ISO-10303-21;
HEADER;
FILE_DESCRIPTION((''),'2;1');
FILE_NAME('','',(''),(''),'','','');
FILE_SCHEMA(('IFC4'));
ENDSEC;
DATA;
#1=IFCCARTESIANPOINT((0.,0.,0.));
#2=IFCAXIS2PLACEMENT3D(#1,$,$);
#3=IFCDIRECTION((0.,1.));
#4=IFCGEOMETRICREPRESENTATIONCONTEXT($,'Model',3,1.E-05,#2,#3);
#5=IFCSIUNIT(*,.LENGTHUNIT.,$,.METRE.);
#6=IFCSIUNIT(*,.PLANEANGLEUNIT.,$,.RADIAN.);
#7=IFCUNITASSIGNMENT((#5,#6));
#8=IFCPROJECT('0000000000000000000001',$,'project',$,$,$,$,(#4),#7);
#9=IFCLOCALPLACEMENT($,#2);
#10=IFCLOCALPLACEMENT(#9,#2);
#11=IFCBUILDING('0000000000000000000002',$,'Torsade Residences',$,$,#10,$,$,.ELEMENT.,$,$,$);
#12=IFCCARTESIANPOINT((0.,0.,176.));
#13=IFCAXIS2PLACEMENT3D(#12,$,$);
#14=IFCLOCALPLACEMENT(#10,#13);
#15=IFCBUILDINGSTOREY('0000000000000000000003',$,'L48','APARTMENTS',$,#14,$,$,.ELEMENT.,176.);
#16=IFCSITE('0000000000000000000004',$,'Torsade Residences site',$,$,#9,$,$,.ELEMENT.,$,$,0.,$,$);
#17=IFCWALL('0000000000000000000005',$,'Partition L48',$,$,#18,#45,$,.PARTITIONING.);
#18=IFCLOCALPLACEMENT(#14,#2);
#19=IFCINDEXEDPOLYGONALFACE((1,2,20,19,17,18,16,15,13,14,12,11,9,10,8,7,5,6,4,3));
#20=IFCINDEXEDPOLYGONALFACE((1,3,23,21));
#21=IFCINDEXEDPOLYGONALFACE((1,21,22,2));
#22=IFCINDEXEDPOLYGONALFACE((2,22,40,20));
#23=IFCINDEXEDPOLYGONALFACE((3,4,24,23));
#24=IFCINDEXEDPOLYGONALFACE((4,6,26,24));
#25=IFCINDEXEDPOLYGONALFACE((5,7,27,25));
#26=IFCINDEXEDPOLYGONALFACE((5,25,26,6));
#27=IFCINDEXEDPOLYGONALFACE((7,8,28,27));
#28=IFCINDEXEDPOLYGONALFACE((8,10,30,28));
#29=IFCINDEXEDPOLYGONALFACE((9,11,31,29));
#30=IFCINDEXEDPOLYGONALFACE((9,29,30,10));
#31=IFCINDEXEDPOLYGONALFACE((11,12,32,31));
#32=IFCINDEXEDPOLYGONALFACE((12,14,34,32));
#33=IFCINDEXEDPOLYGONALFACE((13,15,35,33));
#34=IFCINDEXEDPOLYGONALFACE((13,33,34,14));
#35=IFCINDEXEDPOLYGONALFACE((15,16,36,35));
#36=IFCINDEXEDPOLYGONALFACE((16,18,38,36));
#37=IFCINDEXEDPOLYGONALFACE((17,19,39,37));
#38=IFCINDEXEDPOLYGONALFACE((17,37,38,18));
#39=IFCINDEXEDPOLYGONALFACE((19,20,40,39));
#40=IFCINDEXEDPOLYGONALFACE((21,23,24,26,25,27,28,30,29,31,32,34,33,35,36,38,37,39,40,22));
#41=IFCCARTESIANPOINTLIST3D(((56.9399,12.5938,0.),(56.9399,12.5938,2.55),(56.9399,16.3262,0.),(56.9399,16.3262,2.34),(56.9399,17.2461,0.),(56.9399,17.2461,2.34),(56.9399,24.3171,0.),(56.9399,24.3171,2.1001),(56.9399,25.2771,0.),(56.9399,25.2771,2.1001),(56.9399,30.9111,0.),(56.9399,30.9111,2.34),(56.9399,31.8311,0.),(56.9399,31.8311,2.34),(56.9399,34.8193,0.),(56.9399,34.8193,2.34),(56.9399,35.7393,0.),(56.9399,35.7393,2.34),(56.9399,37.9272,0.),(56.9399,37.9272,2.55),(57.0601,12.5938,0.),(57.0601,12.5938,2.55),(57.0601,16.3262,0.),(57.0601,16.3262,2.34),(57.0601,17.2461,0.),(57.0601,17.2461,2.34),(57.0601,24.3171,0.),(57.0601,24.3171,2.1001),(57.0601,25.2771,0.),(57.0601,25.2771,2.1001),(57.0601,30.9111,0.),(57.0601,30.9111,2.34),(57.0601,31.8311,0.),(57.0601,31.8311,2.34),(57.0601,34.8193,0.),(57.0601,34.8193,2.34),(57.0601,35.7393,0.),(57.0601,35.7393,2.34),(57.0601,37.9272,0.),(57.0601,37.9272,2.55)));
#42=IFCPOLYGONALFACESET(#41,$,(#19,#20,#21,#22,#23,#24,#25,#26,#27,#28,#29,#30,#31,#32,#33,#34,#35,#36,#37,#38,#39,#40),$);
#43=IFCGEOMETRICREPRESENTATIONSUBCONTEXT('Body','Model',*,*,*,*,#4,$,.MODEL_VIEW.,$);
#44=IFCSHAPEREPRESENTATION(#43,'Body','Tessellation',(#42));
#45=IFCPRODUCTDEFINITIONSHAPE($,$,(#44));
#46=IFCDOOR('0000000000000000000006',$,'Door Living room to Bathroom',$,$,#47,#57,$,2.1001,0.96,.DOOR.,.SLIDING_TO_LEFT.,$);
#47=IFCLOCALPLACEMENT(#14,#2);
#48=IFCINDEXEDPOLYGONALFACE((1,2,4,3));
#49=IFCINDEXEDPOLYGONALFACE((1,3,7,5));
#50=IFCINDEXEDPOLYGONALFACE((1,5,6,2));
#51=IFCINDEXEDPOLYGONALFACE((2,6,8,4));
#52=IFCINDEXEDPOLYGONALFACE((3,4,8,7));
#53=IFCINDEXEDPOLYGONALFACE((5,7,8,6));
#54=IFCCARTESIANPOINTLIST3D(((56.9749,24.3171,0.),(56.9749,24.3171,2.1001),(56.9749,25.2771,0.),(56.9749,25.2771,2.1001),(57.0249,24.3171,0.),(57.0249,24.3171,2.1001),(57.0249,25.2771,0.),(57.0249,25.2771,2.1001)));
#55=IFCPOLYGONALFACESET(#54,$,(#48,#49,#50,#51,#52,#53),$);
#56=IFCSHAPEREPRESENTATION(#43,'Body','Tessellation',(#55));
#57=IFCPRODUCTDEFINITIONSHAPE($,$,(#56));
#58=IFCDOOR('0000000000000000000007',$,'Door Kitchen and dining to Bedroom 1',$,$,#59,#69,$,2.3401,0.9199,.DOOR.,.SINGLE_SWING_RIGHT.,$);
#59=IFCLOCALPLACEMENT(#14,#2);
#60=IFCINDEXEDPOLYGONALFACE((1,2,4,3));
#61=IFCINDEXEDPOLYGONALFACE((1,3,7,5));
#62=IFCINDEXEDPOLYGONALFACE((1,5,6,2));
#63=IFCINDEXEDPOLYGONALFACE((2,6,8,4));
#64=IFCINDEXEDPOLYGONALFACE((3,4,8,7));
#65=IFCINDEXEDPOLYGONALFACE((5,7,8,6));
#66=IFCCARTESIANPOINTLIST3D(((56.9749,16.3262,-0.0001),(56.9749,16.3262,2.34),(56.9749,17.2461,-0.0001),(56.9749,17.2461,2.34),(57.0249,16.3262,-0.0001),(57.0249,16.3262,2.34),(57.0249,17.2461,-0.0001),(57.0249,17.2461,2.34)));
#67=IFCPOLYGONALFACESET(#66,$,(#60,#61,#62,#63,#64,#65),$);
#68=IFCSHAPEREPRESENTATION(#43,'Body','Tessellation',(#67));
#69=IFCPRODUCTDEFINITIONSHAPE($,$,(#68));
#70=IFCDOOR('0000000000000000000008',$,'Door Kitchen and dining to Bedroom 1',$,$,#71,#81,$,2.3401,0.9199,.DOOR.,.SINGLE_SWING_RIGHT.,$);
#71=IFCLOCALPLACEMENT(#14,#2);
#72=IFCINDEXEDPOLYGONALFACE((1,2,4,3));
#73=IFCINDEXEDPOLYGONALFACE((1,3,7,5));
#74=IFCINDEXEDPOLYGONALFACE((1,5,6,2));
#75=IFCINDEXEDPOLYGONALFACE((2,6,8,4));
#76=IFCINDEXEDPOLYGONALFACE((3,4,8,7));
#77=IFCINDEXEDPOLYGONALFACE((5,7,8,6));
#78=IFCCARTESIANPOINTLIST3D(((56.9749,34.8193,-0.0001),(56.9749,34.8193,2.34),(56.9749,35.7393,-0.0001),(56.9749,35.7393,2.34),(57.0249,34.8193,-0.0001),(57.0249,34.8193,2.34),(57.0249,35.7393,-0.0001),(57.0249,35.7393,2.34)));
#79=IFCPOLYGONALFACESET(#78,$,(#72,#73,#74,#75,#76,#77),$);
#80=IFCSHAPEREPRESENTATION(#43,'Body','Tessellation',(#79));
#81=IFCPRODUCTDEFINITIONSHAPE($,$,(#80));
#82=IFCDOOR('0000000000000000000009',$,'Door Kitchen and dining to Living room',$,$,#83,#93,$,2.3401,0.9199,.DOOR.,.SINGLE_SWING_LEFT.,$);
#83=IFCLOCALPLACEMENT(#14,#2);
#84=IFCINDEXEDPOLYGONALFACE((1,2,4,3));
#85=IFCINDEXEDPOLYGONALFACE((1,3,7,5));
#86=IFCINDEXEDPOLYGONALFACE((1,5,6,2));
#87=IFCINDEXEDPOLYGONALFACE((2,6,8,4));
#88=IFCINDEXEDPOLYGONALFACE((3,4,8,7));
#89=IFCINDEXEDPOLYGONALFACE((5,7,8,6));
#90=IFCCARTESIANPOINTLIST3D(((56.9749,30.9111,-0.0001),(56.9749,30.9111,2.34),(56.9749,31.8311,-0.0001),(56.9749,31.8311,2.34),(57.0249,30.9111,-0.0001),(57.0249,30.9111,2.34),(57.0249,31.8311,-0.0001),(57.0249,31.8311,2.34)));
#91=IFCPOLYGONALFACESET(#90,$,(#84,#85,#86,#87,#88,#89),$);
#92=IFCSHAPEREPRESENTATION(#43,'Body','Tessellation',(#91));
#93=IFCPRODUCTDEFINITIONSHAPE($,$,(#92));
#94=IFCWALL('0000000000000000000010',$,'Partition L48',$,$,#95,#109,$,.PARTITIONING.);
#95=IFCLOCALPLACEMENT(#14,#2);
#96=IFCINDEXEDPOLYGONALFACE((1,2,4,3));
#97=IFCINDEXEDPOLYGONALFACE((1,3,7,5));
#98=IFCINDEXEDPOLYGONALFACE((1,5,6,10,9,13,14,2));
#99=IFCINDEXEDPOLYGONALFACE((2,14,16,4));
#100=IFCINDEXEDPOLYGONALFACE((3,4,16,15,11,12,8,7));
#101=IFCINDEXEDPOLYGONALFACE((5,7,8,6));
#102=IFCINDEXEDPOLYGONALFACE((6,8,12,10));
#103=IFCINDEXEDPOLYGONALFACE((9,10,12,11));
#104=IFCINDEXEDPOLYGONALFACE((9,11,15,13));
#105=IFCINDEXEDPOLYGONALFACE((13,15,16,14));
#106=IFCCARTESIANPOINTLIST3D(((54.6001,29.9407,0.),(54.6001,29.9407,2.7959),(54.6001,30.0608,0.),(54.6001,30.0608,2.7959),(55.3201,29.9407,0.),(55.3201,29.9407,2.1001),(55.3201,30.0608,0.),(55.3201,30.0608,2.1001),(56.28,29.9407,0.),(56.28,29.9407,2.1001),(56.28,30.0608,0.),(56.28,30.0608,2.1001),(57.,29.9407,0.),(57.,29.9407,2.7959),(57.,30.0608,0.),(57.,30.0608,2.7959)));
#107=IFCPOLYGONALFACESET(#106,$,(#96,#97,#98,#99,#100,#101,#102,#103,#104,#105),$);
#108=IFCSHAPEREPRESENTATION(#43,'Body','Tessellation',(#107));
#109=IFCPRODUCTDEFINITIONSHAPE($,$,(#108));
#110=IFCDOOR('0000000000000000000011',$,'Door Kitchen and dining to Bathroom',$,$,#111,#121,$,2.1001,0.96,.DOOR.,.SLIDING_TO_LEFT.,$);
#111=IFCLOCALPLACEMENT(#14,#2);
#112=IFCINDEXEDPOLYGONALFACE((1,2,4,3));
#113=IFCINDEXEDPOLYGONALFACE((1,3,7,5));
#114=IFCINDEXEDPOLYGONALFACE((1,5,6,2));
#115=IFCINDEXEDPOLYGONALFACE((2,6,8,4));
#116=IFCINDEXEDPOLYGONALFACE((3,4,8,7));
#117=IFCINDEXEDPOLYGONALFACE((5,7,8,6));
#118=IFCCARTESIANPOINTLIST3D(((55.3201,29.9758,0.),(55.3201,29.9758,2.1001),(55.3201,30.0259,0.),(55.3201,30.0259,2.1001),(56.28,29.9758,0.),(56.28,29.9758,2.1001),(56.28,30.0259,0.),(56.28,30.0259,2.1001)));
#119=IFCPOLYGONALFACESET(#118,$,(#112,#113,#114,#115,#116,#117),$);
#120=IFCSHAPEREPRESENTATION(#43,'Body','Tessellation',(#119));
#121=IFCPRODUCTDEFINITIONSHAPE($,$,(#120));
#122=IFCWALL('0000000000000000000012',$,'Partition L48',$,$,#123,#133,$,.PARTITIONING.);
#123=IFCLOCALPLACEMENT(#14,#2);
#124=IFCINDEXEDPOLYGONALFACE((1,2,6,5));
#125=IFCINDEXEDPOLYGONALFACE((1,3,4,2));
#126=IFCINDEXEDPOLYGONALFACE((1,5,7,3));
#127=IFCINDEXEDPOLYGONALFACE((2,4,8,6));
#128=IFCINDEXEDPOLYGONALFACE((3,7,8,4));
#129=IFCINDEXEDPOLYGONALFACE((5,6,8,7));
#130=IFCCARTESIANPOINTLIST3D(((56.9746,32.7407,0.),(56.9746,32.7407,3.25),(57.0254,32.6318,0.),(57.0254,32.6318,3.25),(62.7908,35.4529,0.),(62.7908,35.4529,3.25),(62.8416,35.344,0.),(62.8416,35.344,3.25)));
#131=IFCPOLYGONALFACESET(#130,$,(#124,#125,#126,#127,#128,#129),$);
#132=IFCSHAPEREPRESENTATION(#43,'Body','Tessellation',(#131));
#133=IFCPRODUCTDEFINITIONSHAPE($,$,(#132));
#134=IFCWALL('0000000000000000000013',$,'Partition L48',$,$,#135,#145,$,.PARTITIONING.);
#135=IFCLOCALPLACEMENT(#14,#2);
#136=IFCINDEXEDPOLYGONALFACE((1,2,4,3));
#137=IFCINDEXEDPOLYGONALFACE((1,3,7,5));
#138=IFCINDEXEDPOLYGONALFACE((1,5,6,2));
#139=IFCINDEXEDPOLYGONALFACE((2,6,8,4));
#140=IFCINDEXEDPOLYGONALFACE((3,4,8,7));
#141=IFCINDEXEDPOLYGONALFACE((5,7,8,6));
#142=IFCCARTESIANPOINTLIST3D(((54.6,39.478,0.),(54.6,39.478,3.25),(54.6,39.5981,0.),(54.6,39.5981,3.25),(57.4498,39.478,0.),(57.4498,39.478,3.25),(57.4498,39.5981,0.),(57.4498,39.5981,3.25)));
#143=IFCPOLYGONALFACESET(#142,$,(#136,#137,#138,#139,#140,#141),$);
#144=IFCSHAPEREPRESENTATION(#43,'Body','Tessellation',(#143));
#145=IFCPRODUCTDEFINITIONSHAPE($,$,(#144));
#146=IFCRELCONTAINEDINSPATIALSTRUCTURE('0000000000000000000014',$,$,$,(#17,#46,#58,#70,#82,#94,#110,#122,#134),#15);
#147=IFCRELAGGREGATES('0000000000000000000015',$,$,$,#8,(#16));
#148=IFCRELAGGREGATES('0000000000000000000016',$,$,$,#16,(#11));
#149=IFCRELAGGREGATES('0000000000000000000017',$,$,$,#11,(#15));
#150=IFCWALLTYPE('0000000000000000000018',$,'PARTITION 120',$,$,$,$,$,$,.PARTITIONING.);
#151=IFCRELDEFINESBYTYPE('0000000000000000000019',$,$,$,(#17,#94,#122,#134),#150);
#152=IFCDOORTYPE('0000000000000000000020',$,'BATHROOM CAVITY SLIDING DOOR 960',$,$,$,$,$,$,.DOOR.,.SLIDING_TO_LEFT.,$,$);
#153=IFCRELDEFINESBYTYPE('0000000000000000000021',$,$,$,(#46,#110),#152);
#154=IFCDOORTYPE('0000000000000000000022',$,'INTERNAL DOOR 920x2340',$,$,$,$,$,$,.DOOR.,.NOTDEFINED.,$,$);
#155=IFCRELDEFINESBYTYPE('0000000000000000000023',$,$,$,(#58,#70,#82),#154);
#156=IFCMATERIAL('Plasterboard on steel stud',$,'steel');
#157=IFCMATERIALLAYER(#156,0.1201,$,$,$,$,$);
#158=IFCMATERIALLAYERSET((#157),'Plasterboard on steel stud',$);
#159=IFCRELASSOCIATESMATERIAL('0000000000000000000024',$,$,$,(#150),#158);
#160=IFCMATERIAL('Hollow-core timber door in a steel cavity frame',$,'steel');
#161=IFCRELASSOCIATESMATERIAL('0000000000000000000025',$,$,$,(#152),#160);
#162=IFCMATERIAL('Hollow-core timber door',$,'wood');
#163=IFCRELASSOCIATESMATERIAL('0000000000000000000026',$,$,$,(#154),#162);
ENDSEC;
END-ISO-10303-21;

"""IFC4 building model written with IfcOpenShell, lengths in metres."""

from ifc_helpers import new_model, si_unit, direction, frame, frame_2d, origin, place, context, subcontext, project, spatial, rectangle, extrude, material, layer, layer_set, type_object, element, fill, save


model = new_model("IFC4")

# Units and contexts
model_context = context("Model", 3, precision=1e-05, world=origin(), true_north=direction((0.0, 1.0)))
body_context = subcontext(model_context, "Body", "Model", "MODEL_VIEW")
ifc_project = project(units=[si_unit("LENGTHUNIT", "METRE"), si_unit("PLANEANGLEUNIT", "RADIAN")], contexts=[model_context])

# Site, building, storey
site_placement = place(None, origin())
site = spatial("IfcSite", under=ifc_project, at=site_placement, Name="Torsade Residences site", CompositionType="ELEMENT", RefElevation=0.0)
building_placement = place(site_placement, origin())
building = spatial("IfcBuilding", under=site, at=building_placement, Name="Torsade Residences", CompositionType="ELEMENT")
storey_placement = place(building_placement, frame((0.0, 0.0, 176.0)))
storey = spatial("IfcBuildingStorey", under=building, at=storey_placement, Name="L48", Description="APARTMENTS", CompositionType="ELEMENT", Elevation=176.0)

# Wall, openings, doors
ifc_material_1 = material(Name="Plasterboard on steel stud", Category="steel")
ifc_layer_1 = layer(ifc_material_1, 0.1201)
ifc_layer_set_1 = layer_set([ifc_layer_1], Name="Plasterboard on steel stud")
wall_type_1 = type_object("IfcWallType", Name="PARTITION 120", PredefinedType="PARTITIONING", material=ifc_layer_set_1)
wall_1_placement = place(storey_placement, frame((57.0, 37.9272, 0.0), z_axis=(0.0, 0.0, 1.0), x_axis=(0.0, -1.0, 0.0)))
wall_1 = element("IfcWall", 1, at=wall_1_placement, inside=storey, type_object=wall_type_1, Name="Partition L48", PredefinedType="PARTITIONING", context=body_context, shape_type="SweptSolid", body=[
    extrude(rectangle(XDim=25.3335, YDim=0.1201, at=frame_2d((12.6667, 0.0))), origin(), (0.0, 0.0, 1.0), 2.55),
])
opening_1_placement = place(wall_1_placement, frame((20.6812, 0.0, 0.0)))
opening_1 = element("IfcOpeningElement", 2, at=opening_1_placement, cuts=wall_1, PredefinedType="OPENING", context=body_context, shape_type="SweptSolid", body=[
    extrude(rectangle(XDim=0.9199, YDim=2.3401, at=frame_2d((0.46, 1.1699))), frame((0.0, 0.0701, 0.0), z_axis=(0.0, -1.0, 0.0), x_axis=(1.0, 0.0, 0.0)), (0.0, 0.0, 1.0), 0.1401),
])
opening_2_placement = place(wall_1_placement, frame((2.188, 0.0, 0.0)))
opening_2 = element("IfcOpeningElement", 3, at=opening_2_placement, cuts=wall_1, PredefinedType="OPENING", context=body_context, shape_type="SweptSolid", body=[
    extrude(rectangle(XDim=0.9199, YDim=2.3401, at=frame_2d((0.46, 1.1699))), frame((0.0, 0.0701, 0.0), z_axis=(0.0, -1.0, 0.0), x_axis=(1.0, 0.0, 0.0)), (0.0, 0.0, 1.0), 0.1401),
])
opening_3_placement = place(wall_1_placement, frame((6.0962, 0.0, 0.0)))
opening_3 = element("IfcOpeningElement", 4, at=opening_3_placement, cuts=wall_1, PredefinedType="OPENING", context=body_context, shape_type="SweptSolid", body=[
    extrude(rectangle(XDim=0.9199, YDim=2.3401, at=frame_2d((0.46, 1.1699))), frame((0.0, 0.0701, 0.0), z_axis=(0.0, -1.0, 0.0), x_axis=(1.0, 0.0, 0.0)), (0.0, 0.0, 1.0), 0.1401),
])
opening_4_placement = place(wall_1_placement, frame((12.6501, 0.0, 0.0)))
opening_4 = element("IfcOpeningElement", 5, at=opening_4_placement, cuts=wall_1, PredefinedType="OPENING", context=body_context, shape_type="SweptSolid", body=[
    extrude(rectangle(XDim=0.96, YDim=2.1001, at=frame_2d((0.48, 1.05))), frame((0.0, 0.0701, 0.0), z_axis=(0.0, -1.0, 0.0), x_axis=(1.0, 0.0, 0.0)), (0.0, 0.0, 1.0), 0.1401),
])
ifc_material_2 = material(Name="Hollow-core timber door in a steel cavity frame", Category="steel")
door_type_1 = type_object("IfcDoorType", Name="BATHROOM CAVITY SLIDING DOOR 960", OperationType="SLIDING_TO_LEFT", PredefinedType="DOOR", material=ifc_material_2)
door_1_placement = place(opening_4_placement, origin())
door_1 = element("IfcDoor", 6, at=door_1_placement, inside=storey, type_object=door_type_1, Name="Door Living room to Bathroom", OperationType="SLIDING_TO_LEFT", OverallHeight=2.1001, OverallWidth=0.96, PredefinedType="DOOR", context=body_context, shape_type="SweptSolid", body=[
    extrude(rectangle(XDim=0.96, YDim=2.1001, at=frame_2d((0.48, 1.05))), frame((0.0, 0.0249, 0.0), z_axis=(0.0, -1.0, 0.0), x_axis=(1.0, 0.0, 0.0)), (0.0, 0.0, 1.0), 0.05),
])
fill(opening_4, door_1)
ifc_material_3 = material(Name="Hollow-core timber door", Category="wood")
door_type_2 = type_object("IfcDoorType", Name="INTERNAL DOOR 920x2340", OperationType="NOTDEFINED", PredefinedType="DOOR", material=ifc_material_3)
door_2_placement = place(opening_1_placement, origin())
door_2 = element("IfcDoor", 7, at=door_2_placement, inside=storey, type_object=door_type_2, Name="Door Kitchen and dining to Bedroom 1", OperationType="SINGLE_SWING_RIGHT", OverallHeight=2.3401, OverallWidth=0.9199, PredefinedType="DOOR", context=body_context, shape_type="SweptSolid", body=[
    extrude(rectangle(XDim=0.9199, YDim=2.3401, at=frame_2d((0.46, 1.1699))), frame((0.0, 0.0249, 0.0), z_axis=(0.0, -1.0, 0.0), x_axis=(1.0, 0.0, 0.0)), (0.0, 0.0, 1.0), 0.05),
])
fill(opening_1, door_2)
door_3_placement = place(opening_2_placement, origin())
door_3 = element("IfcDoor", 8, at=door_3_placement, inside=storey, type_object=door_type_2, Name="Door Kitchen and dining to Bedroom 1", OperationType="SINGLE_SWING_RIGHT", OverallHeight=2.3401, OverallWidth=0.9199, PredefinedType="DOOR", context=body_context, shape_type="SweptSolid", body=[
    extrude(rectangle(XDim=0.9199, YDim=2.3401, at=frame_2d((0.46, 1.1699))), frame((0.0, 0.0249, 0.0), z_axis=(0.0, -1.0, 0.0), x_axis=(1.0, 0.0, 0.0)), (0.0, 0.0, 1.0), 0.05),
])
fill(opening_2, door_3)
door_4_placement = place(opening_3_placement, origin())
door_4 = element("IfcDoor", 9, at=door_4_placement, inside=storey, type_object=door_type_2, Name="Door Kitchen and dining to Living room", OperationType="SINGLE_SWING_LEFT", OverallHeight=2.3401, OverallWidth=0.9199, PredefinedType="DOOR", context=body_context, shape_type="SweptSolid", body=[
    extrude(rectangle(XDim=0.9199, YDim=2.3401, at=frame_2d((0.46, 1.1699))), frame((0.0, 0.0249, 0.0), z_axis=(0.0, -1.0, 0.0), x_axis=(1.0, 0.0, 0.0)), (0.0, 0.0, 1.0), 0.05),
])
fill(opening_3, door_4)

# Wall, opening, door
wall_2_placement = place(storey_placement, frame((57.0, 30.0007, 0.0), z_axis=(0.0, 0.0, 1.0), x_axis=(-1.0, 0.0, 0.0)))
wall_2 = element("IfcWall", 10, at=wall_2_placement, inside=storey, type_object=wall_type_1, Name="Partition L48", PredefinedType="PARTITIONING", context=body_context, shape_type="SweptSolid", body=[
    extrude(rectangle(XDim=2.3999, YDim=0.1201, at=frame_2d((1.2, 0.0))), origin(), (0.0, 0.0, 1.0), 2.7959),
])
opening_5_placement = place(wall_2_placement, frame((0.72, 0.0, 0.0)))
opening_5 = element("IfcOpeningElement", 11, at=opening_5_placement, cuts=wall_2, PredefinedType="OPENING", context=body_context, shape_type="SweptSolid", body=[
    extrude(rectangle(XDim=0.96, YDim=2.1001, at=frame_2d((0.48, 1.05))), frame((0.0, 0.0701, 0.0), z_axis=(0.0, -1.0, 0.0), x_axis=(1.0, 0.0, 0.0)), (0.0, 0.0, 1.0), 0.1401),
])
door_5_placement = place(opening_5_placement, origin())
door_5 = element("IfcDoor", 12, at=door_5_placement, inside=storey, type_object=door_type_1, Name="Door Kitchen and dining to Bathroom", OperationType="SLIDING_TO_LEFT", OverallHeight=2.1001, OverallWidth=0.96, PredefinedType="DOOR", context=body_context, shape_type="SweptSolid", body=[
    extrude(rectangle(XDim=0.96, YDim=2.1001, at=frame_2d((0.48, 1.05))), frame((0.0, 0.0249, 0.0), z_axis=(0.0, -1.0, 0.0), x_axis=(1.0, 0.0, 0.0)), (0.0, 0.0, 1.0), 0.05),
])
fill(opening_5, door_5)

# Walls
wall_3_placement = place(storey_placement, frame((57.0, 32.6863, 0.0), z_axis=(0.0, 0.0, 1.0), x_axis=(0.906306, 0.422623, 0.0)))
element("IfcWall", 13, at=wall_3_placement, inside=storey, type_object=wall_type_1, Name="Partition L48", PredefinedType="PARTITIONING", context=body_context, shape_type="SweptSolid", body=[
    extrude(rectangle(XDim=6.4175, YDim=0.1201, at=frame_2d((3.2087, 0.0))), origin(), (0.0, 0.0, 1.0), 3.25),
])
wall_4_placement = place(storey_placement, frame((54.6001, 39.5381, 0.0), z_axis=(0.0, 0.0, 1.0), x_axis=(1.0, 0.0, 0.0)))
element("IfcWall", 14, at=wall_4_placement, inside=storey, type_object=wall_type_1, Name="Partition L48", PredefinedType="PARTITIONING", context=body_context, shape_type="SweptSolid", body=[
    extrude(rectangle(XDim=2.8499, YDim=0.1201, at=frame_2d((1.4248, 0.0))), origin(), (0.0, 0.0, 1.0), 3.25),
])

save(model, "model.ifc")
